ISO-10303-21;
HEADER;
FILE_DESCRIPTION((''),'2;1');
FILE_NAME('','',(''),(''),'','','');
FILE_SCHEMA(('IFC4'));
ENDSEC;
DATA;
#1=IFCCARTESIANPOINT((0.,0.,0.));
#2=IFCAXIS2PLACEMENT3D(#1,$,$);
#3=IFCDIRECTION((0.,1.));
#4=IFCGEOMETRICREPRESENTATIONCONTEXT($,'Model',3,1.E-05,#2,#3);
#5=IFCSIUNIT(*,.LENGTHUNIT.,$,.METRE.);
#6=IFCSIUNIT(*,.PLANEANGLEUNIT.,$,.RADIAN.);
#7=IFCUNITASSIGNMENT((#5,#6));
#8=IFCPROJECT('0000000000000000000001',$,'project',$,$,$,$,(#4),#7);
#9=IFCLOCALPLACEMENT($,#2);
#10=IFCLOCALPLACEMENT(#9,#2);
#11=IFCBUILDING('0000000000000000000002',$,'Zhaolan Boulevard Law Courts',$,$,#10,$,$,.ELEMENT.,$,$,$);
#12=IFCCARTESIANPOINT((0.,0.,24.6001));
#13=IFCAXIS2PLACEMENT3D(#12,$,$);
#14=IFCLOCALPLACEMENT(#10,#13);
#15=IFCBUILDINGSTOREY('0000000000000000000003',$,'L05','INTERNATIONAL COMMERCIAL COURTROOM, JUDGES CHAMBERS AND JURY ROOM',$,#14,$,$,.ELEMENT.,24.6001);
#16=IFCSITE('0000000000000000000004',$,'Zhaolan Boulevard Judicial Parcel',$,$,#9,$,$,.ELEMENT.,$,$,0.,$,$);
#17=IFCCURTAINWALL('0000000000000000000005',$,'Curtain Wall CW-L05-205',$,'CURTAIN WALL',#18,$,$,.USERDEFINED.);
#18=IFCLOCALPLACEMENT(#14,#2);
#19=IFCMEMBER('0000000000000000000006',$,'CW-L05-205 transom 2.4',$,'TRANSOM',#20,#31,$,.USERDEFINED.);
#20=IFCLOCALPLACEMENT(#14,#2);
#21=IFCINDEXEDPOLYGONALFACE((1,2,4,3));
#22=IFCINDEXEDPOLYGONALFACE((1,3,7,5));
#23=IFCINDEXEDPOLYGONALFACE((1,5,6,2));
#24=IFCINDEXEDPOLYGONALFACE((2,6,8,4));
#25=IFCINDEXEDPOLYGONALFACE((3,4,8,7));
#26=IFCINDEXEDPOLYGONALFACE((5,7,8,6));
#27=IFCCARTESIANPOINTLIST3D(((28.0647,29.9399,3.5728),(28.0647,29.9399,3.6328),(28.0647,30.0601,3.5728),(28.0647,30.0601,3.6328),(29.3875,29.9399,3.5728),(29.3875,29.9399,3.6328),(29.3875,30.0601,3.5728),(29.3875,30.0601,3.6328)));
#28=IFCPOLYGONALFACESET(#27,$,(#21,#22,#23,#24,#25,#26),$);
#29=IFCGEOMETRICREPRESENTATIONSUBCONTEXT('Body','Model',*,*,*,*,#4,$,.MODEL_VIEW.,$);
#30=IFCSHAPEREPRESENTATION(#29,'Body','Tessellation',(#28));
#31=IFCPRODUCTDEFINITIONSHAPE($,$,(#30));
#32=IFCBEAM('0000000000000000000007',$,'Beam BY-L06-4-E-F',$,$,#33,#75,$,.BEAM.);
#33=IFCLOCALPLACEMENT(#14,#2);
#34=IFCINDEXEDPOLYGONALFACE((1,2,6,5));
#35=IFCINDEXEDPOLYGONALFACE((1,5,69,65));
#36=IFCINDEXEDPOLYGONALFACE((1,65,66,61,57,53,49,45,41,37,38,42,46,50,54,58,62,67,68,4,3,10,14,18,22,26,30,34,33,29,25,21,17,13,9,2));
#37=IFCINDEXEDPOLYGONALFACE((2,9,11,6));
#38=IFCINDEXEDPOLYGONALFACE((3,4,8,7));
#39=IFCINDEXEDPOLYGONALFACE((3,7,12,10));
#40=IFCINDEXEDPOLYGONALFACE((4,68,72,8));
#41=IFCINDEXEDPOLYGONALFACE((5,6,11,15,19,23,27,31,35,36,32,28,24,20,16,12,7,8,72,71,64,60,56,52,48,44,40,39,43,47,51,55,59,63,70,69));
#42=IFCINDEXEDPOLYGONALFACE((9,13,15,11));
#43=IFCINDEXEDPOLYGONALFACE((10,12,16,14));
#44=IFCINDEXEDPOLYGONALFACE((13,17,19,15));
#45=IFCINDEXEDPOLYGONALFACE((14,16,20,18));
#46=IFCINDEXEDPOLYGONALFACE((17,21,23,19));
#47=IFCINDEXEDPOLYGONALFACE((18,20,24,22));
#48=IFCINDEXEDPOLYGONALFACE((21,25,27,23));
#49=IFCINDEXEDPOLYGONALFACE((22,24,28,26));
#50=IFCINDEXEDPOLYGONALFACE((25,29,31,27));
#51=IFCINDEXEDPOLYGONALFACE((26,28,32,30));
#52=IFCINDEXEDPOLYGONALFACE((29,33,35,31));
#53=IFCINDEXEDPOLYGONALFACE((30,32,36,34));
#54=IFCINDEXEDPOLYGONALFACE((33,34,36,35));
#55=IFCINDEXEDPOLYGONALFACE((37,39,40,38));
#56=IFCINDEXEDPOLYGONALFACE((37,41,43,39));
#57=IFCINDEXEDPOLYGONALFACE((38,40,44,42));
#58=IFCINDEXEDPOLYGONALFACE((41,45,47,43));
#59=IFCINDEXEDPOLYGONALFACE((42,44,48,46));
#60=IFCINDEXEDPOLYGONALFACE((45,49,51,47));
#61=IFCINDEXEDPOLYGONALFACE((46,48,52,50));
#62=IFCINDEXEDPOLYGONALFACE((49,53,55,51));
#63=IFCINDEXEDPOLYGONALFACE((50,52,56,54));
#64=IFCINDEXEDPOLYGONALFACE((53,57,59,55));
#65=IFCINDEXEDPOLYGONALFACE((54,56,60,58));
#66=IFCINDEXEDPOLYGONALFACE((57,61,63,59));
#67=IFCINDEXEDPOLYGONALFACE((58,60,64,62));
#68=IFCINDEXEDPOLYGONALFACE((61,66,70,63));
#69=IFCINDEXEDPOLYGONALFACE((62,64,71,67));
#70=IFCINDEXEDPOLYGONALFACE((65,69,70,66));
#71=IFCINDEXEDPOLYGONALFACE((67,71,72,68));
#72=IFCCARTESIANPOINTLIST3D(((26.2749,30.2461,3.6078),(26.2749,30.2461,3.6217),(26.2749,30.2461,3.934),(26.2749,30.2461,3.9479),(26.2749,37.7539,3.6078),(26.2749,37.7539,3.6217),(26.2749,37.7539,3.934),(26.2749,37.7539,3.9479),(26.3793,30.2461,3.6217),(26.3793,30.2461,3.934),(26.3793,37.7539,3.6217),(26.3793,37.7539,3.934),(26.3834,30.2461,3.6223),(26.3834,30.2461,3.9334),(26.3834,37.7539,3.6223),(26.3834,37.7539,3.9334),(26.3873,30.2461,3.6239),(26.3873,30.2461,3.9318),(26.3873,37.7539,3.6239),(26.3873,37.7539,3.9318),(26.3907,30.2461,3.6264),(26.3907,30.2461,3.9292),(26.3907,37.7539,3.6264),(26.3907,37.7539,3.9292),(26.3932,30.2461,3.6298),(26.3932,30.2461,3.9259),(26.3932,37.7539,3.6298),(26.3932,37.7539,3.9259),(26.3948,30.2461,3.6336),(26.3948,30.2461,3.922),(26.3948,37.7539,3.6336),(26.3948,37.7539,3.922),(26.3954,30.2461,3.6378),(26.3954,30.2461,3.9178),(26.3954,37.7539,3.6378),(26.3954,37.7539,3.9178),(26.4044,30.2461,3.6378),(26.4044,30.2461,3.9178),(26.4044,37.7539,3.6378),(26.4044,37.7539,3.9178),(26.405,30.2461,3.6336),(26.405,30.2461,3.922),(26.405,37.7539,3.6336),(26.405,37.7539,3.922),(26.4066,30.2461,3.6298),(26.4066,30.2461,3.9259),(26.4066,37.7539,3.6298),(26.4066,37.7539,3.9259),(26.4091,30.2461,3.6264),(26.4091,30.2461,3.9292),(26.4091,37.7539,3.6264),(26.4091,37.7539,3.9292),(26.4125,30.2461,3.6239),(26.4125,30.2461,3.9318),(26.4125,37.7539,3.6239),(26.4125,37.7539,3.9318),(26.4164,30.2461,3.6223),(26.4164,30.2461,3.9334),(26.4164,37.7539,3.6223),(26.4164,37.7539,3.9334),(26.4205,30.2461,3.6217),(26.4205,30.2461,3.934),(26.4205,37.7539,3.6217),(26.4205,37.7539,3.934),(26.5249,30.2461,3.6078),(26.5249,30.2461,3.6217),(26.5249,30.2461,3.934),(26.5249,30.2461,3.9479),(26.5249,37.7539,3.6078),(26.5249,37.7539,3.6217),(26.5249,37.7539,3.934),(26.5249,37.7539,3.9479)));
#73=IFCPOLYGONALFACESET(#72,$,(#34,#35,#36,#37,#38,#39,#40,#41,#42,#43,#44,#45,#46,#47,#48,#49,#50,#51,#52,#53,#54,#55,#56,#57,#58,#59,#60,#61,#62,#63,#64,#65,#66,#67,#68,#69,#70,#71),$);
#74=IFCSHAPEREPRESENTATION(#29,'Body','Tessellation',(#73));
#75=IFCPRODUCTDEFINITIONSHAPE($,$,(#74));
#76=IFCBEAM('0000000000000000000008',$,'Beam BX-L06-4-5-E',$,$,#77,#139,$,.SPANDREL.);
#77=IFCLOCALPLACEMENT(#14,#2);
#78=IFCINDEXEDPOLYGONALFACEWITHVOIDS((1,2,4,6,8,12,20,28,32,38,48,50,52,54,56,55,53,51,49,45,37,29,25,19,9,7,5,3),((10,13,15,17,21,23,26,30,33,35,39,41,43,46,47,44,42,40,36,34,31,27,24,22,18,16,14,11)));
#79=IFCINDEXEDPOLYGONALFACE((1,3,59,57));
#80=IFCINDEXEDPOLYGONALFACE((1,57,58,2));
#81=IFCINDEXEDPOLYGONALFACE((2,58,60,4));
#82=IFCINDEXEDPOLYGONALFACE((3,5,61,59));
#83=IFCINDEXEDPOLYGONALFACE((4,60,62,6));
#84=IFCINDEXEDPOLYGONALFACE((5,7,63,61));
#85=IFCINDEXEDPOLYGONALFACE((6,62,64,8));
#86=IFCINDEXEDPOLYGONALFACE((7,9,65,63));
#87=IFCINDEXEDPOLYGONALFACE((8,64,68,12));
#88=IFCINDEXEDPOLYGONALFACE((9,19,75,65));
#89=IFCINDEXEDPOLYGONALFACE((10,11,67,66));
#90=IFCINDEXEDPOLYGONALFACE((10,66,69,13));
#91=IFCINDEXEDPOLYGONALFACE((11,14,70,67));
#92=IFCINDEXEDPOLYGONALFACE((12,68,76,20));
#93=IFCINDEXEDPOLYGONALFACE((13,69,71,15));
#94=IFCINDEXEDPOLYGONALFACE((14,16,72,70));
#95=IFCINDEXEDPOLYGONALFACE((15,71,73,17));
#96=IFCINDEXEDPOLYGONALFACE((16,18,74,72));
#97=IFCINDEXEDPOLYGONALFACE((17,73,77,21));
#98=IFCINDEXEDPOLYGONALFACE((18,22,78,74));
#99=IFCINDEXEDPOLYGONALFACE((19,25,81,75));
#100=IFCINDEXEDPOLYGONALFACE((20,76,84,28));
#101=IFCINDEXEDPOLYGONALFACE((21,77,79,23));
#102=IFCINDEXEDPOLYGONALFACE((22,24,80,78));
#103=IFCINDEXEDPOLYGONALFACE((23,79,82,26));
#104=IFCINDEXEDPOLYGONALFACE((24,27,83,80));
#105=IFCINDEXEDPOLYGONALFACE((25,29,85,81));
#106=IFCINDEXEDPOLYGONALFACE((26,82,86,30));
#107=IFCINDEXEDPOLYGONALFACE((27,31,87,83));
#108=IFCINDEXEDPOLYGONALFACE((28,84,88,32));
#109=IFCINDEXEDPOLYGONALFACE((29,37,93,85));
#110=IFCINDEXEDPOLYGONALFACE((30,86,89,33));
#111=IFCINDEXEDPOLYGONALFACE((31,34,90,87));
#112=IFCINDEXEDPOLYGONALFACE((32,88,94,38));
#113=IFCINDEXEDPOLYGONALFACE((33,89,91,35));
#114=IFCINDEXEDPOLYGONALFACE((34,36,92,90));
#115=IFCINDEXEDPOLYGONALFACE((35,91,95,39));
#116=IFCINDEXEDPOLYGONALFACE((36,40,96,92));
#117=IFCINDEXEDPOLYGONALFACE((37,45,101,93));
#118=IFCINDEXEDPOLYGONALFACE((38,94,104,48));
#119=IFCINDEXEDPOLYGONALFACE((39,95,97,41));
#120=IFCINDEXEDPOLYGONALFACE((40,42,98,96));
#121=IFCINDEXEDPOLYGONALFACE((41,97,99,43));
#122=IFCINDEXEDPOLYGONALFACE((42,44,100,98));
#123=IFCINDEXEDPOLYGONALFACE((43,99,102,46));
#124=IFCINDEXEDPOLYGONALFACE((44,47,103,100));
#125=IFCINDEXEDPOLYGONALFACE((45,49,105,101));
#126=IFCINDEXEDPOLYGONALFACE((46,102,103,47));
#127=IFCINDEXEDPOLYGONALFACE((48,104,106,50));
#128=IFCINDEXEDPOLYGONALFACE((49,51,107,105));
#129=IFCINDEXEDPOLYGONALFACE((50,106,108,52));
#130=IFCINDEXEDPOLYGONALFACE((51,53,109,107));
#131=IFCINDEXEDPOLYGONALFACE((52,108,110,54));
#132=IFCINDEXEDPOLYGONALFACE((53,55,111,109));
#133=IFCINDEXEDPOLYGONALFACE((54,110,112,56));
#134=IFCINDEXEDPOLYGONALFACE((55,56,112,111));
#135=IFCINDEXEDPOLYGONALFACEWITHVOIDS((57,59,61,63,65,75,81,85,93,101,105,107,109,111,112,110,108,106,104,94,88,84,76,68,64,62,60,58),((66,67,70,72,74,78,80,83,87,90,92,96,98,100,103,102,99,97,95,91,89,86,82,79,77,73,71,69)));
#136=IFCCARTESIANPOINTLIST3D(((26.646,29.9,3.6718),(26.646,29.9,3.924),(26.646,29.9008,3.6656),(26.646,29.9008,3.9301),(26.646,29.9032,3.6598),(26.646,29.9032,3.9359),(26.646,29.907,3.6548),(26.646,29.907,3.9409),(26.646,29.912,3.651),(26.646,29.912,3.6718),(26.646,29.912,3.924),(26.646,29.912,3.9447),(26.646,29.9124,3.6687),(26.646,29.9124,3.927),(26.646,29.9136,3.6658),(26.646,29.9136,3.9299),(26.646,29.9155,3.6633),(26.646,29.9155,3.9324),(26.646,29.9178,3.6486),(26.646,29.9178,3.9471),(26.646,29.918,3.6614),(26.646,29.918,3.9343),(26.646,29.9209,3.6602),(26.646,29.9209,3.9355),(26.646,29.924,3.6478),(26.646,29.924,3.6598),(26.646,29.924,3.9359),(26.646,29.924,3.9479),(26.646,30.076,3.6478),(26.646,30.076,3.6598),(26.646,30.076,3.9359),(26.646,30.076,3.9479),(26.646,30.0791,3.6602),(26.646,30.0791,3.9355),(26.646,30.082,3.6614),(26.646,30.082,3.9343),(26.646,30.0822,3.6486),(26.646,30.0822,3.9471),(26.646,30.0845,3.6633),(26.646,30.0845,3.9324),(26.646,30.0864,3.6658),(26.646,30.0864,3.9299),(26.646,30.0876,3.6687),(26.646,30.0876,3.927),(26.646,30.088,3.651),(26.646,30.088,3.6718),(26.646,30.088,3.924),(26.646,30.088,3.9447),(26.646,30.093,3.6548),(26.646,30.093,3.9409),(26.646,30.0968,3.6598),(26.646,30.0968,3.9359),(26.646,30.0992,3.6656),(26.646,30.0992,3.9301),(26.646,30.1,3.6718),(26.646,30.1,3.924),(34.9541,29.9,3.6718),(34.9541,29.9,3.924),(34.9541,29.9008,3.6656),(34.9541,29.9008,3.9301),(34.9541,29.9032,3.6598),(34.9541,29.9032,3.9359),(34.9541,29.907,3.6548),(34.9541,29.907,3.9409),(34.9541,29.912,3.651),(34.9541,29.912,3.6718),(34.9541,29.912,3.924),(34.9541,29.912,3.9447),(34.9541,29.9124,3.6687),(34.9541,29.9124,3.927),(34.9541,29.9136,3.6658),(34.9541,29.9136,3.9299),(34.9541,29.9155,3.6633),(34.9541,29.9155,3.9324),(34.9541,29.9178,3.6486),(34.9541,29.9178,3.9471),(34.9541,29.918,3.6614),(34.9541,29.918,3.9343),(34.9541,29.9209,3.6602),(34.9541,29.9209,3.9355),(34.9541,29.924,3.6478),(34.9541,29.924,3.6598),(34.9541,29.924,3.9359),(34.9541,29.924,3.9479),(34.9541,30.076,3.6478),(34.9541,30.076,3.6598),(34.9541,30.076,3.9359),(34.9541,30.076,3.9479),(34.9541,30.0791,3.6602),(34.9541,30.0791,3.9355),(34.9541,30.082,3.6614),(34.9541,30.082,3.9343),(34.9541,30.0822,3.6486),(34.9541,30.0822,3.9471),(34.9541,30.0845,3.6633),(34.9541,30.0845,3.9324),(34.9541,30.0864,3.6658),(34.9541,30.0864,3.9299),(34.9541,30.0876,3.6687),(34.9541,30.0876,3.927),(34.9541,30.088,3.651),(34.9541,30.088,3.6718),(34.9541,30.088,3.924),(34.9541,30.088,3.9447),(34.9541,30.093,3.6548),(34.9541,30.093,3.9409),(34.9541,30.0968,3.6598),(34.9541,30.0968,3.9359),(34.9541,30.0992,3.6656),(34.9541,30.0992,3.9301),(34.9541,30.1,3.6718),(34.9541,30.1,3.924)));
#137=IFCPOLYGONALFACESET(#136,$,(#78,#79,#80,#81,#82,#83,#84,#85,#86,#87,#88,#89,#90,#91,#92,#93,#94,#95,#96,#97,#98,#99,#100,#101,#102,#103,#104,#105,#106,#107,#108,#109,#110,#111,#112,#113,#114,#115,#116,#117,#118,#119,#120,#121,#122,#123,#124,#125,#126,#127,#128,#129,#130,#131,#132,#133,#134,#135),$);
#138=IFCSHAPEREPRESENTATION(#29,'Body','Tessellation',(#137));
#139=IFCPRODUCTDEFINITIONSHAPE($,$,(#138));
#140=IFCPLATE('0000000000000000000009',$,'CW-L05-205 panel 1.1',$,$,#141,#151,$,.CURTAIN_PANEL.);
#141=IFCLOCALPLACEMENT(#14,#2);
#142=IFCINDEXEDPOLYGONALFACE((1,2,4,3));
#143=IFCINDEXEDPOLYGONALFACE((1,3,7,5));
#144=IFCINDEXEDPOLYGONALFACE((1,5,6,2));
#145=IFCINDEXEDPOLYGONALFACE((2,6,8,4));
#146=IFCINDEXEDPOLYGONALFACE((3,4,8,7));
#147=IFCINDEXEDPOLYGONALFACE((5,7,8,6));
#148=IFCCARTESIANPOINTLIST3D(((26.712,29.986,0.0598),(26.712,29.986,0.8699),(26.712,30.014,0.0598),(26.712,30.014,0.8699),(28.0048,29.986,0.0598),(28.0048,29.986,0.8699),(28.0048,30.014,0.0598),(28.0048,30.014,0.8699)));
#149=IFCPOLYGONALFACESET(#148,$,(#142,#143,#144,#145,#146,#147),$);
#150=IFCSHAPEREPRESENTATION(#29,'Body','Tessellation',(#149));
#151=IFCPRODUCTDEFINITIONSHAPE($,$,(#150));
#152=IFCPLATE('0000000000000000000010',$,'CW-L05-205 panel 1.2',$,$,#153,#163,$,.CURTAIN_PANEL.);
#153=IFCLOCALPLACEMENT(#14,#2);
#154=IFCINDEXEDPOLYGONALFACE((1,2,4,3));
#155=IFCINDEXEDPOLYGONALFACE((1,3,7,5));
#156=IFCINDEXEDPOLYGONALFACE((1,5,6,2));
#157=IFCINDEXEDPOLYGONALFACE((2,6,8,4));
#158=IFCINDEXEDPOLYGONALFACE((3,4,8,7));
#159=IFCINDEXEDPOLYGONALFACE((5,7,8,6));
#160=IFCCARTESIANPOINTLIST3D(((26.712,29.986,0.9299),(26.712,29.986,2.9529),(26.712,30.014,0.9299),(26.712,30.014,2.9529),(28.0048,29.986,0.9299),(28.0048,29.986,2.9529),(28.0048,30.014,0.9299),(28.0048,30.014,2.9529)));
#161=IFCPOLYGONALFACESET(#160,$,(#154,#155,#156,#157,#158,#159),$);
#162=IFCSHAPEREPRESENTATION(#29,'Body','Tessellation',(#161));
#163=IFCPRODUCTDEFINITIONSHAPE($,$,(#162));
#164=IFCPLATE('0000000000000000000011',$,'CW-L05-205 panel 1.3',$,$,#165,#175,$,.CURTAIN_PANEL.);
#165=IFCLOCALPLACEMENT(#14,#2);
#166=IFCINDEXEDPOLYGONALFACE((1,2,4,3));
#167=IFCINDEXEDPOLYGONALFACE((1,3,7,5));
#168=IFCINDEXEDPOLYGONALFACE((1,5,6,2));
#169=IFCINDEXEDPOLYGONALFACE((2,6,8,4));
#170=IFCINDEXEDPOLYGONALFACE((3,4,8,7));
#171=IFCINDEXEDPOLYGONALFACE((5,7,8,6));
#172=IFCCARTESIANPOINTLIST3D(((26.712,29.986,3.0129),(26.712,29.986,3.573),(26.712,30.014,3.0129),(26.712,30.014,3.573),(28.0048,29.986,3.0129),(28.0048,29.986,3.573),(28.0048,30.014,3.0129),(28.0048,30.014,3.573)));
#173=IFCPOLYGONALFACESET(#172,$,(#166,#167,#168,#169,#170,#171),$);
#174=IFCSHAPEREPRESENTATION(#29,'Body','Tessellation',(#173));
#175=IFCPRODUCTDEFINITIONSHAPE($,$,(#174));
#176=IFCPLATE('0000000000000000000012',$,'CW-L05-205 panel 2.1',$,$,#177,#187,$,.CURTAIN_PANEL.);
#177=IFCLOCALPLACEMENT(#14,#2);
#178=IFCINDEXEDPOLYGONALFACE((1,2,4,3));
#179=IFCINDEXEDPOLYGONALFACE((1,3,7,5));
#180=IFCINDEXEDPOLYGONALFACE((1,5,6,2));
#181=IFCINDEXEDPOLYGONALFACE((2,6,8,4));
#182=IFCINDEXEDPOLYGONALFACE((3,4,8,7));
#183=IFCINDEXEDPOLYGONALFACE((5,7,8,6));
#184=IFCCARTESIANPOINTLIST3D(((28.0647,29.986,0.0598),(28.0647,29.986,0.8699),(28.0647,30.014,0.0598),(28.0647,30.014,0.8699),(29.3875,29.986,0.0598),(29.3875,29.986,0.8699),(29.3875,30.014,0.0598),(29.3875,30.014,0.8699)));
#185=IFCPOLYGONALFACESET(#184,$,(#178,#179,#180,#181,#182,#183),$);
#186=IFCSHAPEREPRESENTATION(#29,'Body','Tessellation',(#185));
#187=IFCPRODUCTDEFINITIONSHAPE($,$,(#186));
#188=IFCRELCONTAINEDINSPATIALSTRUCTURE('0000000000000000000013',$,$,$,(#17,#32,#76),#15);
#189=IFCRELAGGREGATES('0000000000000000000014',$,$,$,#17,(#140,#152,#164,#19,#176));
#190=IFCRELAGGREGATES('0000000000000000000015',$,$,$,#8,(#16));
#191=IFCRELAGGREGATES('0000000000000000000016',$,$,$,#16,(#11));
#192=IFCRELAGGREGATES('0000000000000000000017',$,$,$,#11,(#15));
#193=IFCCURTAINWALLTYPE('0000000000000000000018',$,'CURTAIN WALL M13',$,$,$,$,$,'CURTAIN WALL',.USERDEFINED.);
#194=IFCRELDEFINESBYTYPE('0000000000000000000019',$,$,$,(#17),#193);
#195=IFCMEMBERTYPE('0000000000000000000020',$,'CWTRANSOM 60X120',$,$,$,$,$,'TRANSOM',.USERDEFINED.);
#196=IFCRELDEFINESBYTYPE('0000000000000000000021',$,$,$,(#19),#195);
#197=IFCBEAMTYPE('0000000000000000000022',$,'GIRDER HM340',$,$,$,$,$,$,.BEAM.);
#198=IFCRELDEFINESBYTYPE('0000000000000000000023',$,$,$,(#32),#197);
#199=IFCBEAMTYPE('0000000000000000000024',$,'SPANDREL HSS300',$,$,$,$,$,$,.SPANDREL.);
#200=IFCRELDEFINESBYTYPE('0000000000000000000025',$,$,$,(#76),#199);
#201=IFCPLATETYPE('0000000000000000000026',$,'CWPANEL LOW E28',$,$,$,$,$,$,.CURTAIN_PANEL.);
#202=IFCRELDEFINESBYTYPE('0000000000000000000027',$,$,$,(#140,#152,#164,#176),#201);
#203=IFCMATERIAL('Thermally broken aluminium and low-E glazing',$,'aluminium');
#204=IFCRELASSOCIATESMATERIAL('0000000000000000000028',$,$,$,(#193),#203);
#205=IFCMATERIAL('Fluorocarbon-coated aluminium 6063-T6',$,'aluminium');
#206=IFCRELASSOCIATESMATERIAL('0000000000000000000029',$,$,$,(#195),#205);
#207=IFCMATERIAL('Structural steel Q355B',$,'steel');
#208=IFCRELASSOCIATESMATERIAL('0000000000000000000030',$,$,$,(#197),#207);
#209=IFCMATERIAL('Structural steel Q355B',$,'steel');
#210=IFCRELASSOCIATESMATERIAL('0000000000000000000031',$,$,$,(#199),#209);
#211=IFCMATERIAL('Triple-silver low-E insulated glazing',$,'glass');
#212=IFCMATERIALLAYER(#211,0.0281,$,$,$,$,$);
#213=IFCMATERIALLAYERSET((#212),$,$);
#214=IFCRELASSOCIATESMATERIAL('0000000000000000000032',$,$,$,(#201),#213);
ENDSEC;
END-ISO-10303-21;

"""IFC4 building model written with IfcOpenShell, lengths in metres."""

from ifc_helpers import new_model, si_unit, direction, frame, origin, origin_2d, place, context, subcontext, project, spatial, rectangle, hollow_rectangle, i_section, extrude, material, layer, layer_set, material_profile, profile_set, type_object, element, aggregate, save


model = new_model("IFC4")

# Units and contexts
model_context = context("Model", 3, precision=1e-05, world=origin(), true_north=direction((0.0, 1.0)))
body_context = subcontext(model_context, "Body", "Model", "MODEL_VIEW")
ifc_project = project(units=[si_unit("LENGTHUNIT", "METRE"), si_unit("PLANEANGLEUNIT", "RADIAN")], contexts=[model_context])

# Site, building, storey
site_placement = place(None, origin())
site = spatial("IfcSite", under=ifc_project, at=site_placement, Name="Zhaolan Boulevard Judicial Parcel", CompositionType="ELEMENT", RefElevation=0.0)
building_placement = place(site_placement, origin())
building = spatial("IfcBuilding", under=site, at=building_placement, Name="Zhaolan Boulevard Law Courts", CompositionType="ELEMENT")
storey_placement = place(building_placement, frame((0.0, 0.0, 24.6001)))
storey = spatial("IfcBuildingStorey", under=building, at=storey_placement, Name="L05", Description="INTERNATIONAL COMMERCIAL COURTROOM, JUDGES CHAMBERS AND JURY ROOM", CompositionType="ELEMENT", Elevation=24.6001)

# Curtain wall, member
ifc_material_1 = material(Name="Thermally broken aluminium and low-E glazing", Category="aluminium")
curtain_wall_type = type_object("IfcCurtainWallType", Name="CURTAIN WALL M13", ElementType="CURTAIN WALL", PredefinedType="USERDEFINED", material=ifc_material_1)
curtain_wall_placement = place(storey_placement, origin())
curtain_wall = element("IfcCurtainWall", 1, at=curtain_wall_placement, inside=storey, type_object=curtain_wall_type, Name="Curtain Wall CW-L05-205", ObjectType="CURTAIN WALL", PredefinedType="USERDEFINED")
ifc_material_2 = material(Name="Fluorocarbon-coated aluminium 6063-T6", Category="aluminium")
ifc_material_profile_1 = material_profile(ifc_material_2, rectangle(XDim=0.1201, YDim=0.0601, at=origin_2d()), Name="AL60x120")
ifc_profile_set_1 = profile_set([ifc_material_profile_1], Name="Fluorocarbon-coated aluminium 6063-T6")
member_type_1 = type_object("IfcMemberType", Name="CWTRANSOM 60X120", ElementType="TRANSOM", PredefinedType="USERDEFINED", material=ifc_profile_set_1)
member_1_placement = place(storey_placement, frame((28.0647, 30.0, 3.6028), z_axis=(1.0, 0.0, 0.0), x_axis=(0.0, 1.0, 0.0)))
member_1 = element("IfcMember", 2, at=member_1_placement, type_object=member_type_1, Name="CW-L05-205 transom 2.4", ObjectType="TRANSOM", PredefinedType="USERDEFINED", context=body_context, shape_type="SweptSolid", body=[
    extrude(rectangle(XDim=0.1201, YDim=0.0601, at=origin_2d()), origin(), (0.0, 0.0, 1.0), 1.3228),
])

# Beams
ifc_material_3 = material(Name="Structural steel Q355B", Category="steel")
ifc_material_profile_2 = material_profile(ifc_material_3, i_section(OverallWidth=0.25, OverallDepth=0.3401, WebThickness=0.009, FlangeThickness=0.0139, FilletRadius=0.0161, at=origin_2d()), Name="HM340x250")
ifc_profile_set_2 = profile_set([ifc_material_profile_2], Name="Structural steel Q355B")
beam_type_1 = type_object("IfcBeamType", Name="GIRDER HM340", PredefinedType="BEAM", material=ifc_profile_set_2)
beam_1_placement = place(storey_placement, frame((26.3999, 30.2461, 3.7778), z_axis=(0.0, 1.0, 0.0), x_axis=(-1.0, 0.0, 0.0)))
element("IfcBeam", 3, at=beam_1_placement, inside=storey, type_object=beam_type_1, Name="Beam BY-L06-4-E-F", PredefinedType="BEAM", context=body_context, shape_type="SweptSolid", body=[
    extrude(i_section(OverallWidth=0.25, OverallDepth=0.3401, WebThickness=0.009, FlangeThickness=0.0139, FilletRadius=0.0161, at=origin_2d()), origin(), (0.0, 0.0, 1.0), 7.5078),
])
ifc_material_4 = material(Name="Structural steel Q355B", Category="steel")
ifc_material_profile_3 = material_profile(ifc_material_4, hollow_rectangle(XDim=0.2, YDim=0.3, WallThickness=0.012, InnerFilletRadius=0.012, OuterFilletRadius=0.0239, at=origin_2d()), Name="HSS300x200x12")
ifc_profile_set_3 = profile_set([ifc_material_profile_3], Name="Structural steel Q355B")
beam_type_2 = type_object("IfcBeamType", Name="SPANDREL HSS300", PredefinedType="SPANDREL", material=ifc_profile_set_3)
beam_2_placement = place(storey_placement, frame((26.646, 30.0, 3.7979), z_axis=(1.0, 0.0, 0.0), x_axis=(0.0, 1.0, 0.0)))
element("IfcBeam", 4, at=beam_2_placement, inside=storey, type_object=beam_type_2, Name="Beam BX-L06-4-5-E", PredefinedType="SPANDREL", context=body_context, shape_type="SweptSolid", body=[
    extrude(hollow_rectangle(XDim=0.2, YDim=0.3, WallThickness=0.012, InnerFilletRadius=0.012, OuterFilletRadius=0.0239, at=origin_2d()), origin(), (0.0, 0.0, 1.0), 8.3081),
])

# Plates
ifc_material_5 = material(Name="Triple-silver low-E insulated glazing", Category="glass")
ifc_layer_1 = layer(ifc_material_5, 0.0281)
ifc_layer_set_1 = layer_set([ifc_layer_1])
plate_type_1 = type_object("IfcPlateType", Name="CWPANEL LOW E28", PredefinedType="CURTAIN_PANEL", material=ifc_layer_set_1)
plate_1_placement = place(storey_placement, frame((27.3584, 30.0, 0.0598), z_axis=(0.0, 0.0, 1.0), x_axis=(1.0, 0.0, 0.0)))
plate_1 = element("IfcPlate", 5, at=plate_1_placement, type_object=plate_type_1, Name="CW-L05-205 panel 1.1", PredefinedType="CURTAIN_PANEL", context=body_context, shape_type="SweptSolid", body=[
    extrude(rectangle(XDim=1.2927, YDim=0.0281, at=origin_2d()), origin(), (0.0, 0.0, 1.0), 0.8101),
])
plate_2_placement = place(storey_placement, frame((27.3584, 30.0, 0.9299), z_axis=(0.0, 0.0, 1.0), x_axis=(1.0, 0.0, 0.0)))
plate_2 = element("IfcPlate", 6, at=plate_2_placement, type_object=plate_type_1, Name="CW-L05-205 panel 1.2", PredefinedType="CURTAIN_PANEL", context=body_context, shape_type="SweptSolid", body=[
    extrude(rectangle(XDim=1.2927, YDim=0.0281, at=origin_2d()), origin(), (0.0, 0.0, 1.0), 2.0229),
])
plate_3_placement = place(storey_placement, frame((27.3584, 30.0, 3.0129), z_axis=(0.0, 0.0, 1.0), x_axis=(1.0, 0.0, 0.0)))
plate_3 = element("IfcPlate", 7, at=plate_3_placement, type_object=plate_type_1, Name="CW-L05-205 panel 1.3", PredefinedType="CURTAIN_PANEL", context=body_context, shape_type="SweptSolid", body=[
    extrude(rectangle(XDim=1.2927, YDim=0.0281, at=origin_2d()), origin(), (0.0, 0.0, 1.0), 0.5601),
])
plate_4_placement = place(storey_placement, frame((28.7261, 30.0, 0.0598), z_axis=(0.0, 0.0, 1.0), x_axis=(1.0, 0.0, 0.0)))
plate_4 = element("IfcPlate", 8, at=plate_4_placement, type_object=plate_type_1, Name="CW-L05-205 panel 2.1", PredefinedType="CURTAIN_PANEL", context=body_context, shape_type="SweptSolid", body=[
    extrude(rectangle(XDim=1.3228, YDim=0.0281, at=origin_2d()), origin(), (0.0, 0.0, 1.0), 0.8101),
])
aggregate(curtain_wall, [plate_1, plate_2, plate_3, member_1, plate_4])

save(model, "model.ifc")
